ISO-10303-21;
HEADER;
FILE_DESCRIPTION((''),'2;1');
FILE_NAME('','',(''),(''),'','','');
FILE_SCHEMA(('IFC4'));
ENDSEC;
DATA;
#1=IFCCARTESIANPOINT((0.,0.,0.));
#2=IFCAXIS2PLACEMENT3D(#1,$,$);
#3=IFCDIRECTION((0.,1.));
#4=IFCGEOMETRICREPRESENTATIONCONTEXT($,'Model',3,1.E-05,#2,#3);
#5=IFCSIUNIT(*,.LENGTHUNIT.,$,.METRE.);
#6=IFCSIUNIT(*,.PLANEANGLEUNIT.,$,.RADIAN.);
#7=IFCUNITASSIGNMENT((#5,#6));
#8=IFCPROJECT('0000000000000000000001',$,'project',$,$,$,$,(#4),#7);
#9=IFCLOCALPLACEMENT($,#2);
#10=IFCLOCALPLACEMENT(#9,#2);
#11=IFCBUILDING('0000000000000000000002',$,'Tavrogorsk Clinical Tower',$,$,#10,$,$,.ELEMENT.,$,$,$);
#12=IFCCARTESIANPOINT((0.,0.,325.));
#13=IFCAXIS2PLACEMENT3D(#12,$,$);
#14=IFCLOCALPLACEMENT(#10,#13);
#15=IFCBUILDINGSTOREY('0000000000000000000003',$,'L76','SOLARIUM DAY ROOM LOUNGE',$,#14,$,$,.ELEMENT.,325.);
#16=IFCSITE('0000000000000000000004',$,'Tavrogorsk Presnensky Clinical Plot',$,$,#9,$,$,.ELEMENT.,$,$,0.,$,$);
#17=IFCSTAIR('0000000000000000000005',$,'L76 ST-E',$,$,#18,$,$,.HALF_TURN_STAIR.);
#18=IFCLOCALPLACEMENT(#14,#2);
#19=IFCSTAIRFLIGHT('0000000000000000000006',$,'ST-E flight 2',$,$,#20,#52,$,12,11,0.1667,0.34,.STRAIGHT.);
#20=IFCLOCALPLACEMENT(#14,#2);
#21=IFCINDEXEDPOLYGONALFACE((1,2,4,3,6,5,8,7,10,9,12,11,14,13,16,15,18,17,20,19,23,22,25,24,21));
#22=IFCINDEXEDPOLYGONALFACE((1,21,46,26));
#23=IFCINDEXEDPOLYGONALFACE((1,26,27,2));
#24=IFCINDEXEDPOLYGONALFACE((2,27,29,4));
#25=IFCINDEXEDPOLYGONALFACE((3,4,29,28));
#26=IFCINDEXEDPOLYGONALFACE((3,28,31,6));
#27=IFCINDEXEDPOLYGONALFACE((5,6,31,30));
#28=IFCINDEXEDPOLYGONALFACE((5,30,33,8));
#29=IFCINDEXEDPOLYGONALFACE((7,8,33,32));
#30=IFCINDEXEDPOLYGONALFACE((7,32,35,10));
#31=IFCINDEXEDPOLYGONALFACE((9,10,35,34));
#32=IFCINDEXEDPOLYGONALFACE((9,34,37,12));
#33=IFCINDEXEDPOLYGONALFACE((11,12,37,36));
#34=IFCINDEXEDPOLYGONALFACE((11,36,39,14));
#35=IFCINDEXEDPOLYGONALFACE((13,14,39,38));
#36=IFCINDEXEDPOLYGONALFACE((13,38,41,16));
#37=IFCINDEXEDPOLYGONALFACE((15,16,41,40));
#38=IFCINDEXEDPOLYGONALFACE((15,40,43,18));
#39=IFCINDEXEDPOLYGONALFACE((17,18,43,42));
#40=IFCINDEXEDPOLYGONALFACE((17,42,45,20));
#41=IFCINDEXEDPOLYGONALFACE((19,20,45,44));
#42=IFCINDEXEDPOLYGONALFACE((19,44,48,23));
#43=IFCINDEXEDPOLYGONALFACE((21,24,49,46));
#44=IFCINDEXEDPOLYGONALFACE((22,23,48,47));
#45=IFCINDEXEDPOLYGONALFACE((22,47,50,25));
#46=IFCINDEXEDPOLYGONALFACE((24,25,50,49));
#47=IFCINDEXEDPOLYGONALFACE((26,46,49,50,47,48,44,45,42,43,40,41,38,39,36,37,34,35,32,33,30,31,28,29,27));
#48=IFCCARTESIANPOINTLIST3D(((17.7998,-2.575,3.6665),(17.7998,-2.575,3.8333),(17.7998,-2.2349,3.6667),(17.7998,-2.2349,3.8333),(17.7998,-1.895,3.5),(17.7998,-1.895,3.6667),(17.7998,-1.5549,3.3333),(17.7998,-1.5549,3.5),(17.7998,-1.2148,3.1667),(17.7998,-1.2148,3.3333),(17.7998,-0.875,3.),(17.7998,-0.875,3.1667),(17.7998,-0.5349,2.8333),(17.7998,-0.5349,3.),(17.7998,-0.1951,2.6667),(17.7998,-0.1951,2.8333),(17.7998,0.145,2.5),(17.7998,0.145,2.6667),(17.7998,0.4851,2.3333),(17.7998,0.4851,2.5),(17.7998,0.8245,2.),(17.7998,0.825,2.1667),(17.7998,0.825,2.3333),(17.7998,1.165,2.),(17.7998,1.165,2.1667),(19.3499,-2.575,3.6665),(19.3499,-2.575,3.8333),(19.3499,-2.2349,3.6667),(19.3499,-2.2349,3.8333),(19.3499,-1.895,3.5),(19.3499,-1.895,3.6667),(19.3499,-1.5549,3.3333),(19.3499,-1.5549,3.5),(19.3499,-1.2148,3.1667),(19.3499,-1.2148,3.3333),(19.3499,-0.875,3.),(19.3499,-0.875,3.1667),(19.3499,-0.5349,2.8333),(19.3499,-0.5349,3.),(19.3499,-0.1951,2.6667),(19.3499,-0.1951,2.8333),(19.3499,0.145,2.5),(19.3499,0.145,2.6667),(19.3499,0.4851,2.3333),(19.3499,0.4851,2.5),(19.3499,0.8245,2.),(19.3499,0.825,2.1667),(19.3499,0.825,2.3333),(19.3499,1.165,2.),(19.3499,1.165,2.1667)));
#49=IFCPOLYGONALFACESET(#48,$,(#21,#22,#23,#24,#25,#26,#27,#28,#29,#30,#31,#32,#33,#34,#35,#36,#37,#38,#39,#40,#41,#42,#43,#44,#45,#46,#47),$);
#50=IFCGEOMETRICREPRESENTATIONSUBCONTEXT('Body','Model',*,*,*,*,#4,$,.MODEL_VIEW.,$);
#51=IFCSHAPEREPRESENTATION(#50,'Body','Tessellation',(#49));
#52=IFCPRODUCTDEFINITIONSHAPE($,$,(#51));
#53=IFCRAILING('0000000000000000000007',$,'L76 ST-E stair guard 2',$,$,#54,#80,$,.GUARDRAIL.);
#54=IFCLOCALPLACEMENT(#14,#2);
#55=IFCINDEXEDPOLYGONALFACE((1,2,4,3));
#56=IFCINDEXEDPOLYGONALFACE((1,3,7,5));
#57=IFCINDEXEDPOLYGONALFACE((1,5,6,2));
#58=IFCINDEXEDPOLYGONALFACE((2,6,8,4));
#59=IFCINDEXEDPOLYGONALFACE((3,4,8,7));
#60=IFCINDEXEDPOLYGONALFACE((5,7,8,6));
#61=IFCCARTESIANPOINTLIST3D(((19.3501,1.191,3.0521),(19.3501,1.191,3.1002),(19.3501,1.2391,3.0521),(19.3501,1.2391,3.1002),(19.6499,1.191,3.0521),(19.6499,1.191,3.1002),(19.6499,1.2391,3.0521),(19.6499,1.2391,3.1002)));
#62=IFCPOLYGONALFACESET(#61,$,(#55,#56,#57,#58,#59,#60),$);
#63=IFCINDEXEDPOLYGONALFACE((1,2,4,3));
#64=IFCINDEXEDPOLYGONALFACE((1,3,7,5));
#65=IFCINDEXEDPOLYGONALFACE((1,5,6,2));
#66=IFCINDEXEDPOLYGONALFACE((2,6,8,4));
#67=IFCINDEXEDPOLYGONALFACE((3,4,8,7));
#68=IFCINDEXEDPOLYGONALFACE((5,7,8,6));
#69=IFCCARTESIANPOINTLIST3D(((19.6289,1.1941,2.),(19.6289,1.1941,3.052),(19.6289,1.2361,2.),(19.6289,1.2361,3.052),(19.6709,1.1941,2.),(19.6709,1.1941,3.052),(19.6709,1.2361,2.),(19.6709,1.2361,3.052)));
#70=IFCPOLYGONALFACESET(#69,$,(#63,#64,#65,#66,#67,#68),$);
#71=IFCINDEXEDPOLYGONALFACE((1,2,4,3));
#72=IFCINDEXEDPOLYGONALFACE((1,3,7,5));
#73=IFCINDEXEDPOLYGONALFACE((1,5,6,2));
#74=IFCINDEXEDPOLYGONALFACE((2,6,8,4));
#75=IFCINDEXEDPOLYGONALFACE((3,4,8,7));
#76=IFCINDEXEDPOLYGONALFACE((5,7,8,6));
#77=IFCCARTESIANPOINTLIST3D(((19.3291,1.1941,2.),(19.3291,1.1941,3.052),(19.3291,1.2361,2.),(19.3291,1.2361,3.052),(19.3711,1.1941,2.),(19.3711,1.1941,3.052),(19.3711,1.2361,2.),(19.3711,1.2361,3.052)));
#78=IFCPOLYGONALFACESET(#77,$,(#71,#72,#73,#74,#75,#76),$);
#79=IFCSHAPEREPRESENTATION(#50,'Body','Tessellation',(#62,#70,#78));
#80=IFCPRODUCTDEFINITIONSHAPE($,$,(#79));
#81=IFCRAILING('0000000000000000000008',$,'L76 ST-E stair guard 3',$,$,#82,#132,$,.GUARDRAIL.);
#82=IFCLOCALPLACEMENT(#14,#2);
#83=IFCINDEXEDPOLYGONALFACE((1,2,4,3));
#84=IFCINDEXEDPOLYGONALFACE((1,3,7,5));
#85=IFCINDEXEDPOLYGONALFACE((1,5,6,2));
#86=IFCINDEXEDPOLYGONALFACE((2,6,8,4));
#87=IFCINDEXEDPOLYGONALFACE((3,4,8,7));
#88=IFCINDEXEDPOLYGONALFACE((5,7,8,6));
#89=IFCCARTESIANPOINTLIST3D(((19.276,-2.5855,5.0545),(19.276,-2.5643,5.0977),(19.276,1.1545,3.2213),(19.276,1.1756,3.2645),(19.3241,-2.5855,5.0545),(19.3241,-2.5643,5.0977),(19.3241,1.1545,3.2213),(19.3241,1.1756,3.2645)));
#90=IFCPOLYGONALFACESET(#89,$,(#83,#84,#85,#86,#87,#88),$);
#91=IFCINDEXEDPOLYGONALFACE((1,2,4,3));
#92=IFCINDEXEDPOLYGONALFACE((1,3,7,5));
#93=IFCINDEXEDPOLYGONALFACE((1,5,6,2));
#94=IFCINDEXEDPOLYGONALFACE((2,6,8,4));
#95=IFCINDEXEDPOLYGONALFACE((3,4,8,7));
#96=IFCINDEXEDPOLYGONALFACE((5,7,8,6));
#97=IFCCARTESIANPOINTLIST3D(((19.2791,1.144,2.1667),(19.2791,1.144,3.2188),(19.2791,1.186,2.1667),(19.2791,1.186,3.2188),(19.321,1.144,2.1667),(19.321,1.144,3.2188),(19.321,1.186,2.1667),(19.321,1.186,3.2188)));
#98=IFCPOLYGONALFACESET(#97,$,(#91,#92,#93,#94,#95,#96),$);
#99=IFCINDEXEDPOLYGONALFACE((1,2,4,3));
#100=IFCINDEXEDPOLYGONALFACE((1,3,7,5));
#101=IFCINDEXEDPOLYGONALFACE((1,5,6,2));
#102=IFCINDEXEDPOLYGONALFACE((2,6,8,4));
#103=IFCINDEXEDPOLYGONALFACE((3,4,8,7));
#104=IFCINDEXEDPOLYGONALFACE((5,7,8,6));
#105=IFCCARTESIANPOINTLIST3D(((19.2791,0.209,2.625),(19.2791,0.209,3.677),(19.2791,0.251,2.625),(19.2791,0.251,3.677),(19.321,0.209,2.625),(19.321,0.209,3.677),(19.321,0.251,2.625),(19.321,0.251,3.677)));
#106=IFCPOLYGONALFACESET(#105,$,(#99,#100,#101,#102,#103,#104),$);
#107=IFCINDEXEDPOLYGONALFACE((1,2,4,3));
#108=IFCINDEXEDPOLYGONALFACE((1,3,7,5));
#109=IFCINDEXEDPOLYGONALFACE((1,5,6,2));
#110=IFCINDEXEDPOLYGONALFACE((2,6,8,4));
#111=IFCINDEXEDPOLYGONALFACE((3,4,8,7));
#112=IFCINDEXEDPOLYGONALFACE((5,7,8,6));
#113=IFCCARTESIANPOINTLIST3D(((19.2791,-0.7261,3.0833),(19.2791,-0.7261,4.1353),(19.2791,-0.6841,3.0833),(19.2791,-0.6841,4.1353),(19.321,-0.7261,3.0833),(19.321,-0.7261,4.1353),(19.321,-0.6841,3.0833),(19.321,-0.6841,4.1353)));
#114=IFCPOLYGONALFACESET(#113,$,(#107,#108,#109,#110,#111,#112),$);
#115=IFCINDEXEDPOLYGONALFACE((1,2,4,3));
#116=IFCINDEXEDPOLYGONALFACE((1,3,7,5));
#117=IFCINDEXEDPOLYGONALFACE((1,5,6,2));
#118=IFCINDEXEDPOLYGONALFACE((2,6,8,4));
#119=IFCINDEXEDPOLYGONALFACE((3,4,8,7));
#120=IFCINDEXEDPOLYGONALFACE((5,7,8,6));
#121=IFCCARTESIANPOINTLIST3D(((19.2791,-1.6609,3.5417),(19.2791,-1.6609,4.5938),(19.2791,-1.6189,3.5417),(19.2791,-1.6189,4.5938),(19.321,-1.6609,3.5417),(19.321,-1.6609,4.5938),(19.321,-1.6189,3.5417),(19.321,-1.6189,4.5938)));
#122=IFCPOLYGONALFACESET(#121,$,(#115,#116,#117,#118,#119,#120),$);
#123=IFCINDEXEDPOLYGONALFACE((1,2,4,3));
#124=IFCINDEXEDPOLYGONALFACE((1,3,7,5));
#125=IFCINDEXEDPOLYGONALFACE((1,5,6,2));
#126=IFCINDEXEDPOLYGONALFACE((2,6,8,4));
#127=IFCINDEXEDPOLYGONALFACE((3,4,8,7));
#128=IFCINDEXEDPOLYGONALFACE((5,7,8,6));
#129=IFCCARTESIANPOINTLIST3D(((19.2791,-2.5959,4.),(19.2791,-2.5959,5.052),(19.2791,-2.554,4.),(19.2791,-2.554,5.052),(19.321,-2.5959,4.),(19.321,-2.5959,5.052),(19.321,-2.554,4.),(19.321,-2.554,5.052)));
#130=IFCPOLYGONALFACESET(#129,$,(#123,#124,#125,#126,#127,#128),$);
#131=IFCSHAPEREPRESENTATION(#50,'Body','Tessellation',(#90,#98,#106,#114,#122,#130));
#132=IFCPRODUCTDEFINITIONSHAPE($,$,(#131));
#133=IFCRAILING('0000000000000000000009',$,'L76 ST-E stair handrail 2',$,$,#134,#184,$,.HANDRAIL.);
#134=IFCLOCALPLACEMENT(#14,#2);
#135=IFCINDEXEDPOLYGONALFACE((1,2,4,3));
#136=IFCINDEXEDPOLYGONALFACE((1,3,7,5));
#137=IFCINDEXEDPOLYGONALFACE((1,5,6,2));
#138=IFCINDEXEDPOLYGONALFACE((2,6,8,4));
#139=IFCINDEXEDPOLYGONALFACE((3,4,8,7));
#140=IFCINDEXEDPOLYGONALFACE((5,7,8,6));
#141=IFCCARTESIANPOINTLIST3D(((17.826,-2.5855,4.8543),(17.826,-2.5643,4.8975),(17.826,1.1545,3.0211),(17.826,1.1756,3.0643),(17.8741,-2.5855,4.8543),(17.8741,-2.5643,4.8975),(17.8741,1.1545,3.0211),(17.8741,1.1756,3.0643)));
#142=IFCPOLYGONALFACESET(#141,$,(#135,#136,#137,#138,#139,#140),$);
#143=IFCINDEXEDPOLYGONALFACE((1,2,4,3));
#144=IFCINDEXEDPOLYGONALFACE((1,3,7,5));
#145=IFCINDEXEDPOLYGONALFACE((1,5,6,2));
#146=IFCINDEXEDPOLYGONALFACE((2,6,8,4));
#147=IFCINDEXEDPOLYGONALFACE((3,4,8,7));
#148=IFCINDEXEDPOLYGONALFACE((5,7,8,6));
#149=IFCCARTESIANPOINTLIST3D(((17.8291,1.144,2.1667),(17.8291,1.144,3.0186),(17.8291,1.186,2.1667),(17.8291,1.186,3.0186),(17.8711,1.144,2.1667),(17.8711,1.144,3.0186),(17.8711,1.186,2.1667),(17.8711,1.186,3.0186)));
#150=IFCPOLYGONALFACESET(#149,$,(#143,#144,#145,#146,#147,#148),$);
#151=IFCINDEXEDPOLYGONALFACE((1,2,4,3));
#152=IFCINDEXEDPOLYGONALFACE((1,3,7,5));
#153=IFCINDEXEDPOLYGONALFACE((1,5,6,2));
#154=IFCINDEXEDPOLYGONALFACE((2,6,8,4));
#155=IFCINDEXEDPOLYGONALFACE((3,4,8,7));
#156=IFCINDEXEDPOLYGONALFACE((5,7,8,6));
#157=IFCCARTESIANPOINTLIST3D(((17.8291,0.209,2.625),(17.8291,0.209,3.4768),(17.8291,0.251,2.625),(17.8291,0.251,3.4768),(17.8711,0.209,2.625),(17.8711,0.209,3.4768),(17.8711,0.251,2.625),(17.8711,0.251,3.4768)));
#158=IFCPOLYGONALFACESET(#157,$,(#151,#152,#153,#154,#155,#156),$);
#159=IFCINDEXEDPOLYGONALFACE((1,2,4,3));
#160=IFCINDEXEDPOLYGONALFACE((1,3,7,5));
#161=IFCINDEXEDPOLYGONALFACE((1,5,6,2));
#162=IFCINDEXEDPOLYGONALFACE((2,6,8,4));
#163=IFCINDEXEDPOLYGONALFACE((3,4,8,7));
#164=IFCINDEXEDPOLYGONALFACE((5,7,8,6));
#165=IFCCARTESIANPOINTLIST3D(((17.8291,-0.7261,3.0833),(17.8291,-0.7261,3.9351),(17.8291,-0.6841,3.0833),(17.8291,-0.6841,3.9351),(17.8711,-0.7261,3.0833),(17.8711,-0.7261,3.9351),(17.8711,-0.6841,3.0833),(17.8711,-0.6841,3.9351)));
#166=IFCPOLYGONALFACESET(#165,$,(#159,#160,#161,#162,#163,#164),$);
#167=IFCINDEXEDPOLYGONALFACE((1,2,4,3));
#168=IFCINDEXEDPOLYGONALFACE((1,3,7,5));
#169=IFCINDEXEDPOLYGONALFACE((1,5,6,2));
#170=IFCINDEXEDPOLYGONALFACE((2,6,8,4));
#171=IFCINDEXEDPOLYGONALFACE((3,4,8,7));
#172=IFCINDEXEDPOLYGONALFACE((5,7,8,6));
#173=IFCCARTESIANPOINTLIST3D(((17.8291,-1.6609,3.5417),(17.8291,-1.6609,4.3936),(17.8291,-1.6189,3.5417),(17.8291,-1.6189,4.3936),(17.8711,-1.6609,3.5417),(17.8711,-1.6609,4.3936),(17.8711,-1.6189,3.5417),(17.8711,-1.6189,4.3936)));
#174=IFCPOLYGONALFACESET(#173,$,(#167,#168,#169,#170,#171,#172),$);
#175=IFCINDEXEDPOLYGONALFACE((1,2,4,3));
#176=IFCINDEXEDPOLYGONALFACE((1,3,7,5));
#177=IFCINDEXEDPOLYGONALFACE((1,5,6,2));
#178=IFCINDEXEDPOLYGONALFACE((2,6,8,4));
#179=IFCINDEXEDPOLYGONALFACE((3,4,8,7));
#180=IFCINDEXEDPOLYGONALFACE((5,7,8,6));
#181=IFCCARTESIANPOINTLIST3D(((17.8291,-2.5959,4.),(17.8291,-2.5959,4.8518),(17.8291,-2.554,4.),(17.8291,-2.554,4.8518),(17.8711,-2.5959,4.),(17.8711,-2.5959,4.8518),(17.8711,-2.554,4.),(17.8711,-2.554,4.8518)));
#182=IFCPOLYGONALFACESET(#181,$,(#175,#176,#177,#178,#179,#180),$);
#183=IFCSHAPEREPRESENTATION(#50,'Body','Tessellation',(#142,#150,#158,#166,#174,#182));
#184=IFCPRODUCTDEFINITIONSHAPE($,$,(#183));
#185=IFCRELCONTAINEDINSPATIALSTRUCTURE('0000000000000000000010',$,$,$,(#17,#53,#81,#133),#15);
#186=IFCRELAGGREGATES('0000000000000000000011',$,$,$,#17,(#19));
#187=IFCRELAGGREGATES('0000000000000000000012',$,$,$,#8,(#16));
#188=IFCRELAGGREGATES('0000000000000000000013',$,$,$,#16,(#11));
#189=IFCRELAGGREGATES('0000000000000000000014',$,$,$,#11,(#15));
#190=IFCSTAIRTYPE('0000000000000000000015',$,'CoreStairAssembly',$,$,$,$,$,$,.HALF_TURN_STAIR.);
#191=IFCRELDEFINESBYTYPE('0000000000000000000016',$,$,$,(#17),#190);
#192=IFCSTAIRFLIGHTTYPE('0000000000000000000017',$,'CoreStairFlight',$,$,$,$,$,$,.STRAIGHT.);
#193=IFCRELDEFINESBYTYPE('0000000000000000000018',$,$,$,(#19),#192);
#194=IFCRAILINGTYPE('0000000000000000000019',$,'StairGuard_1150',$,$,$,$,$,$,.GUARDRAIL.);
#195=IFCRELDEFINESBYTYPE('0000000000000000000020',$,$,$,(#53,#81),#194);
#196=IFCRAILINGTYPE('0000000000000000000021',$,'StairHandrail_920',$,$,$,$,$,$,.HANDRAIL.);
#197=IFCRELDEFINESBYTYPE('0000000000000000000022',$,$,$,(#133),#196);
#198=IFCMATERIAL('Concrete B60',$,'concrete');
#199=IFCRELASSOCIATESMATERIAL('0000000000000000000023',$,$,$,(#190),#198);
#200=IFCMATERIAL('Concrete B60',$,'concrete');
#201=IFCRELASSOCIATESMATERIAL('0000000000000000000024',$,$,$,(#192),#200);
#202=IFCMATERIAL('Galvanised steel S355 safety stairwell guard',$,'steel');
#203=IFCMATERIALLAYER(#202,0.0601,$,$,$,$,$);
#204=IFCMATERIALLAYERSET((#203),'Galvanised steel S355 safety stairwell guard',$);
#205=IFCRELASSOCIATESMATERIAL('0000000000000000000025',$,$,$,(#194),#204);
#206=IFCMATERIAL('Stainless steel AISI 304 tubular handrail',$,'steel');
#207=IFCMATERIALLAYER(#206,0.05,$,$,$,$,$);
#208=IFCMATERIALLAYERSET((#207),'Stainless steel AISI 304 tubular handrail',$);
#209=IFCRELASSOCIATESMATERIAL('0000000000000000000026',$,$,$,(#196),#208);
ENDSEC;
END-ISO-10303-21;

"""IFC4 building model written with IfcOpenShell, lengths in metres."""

from ifc_helpers import new_model, si_unit, direction, frame, origin, origin_2d, place, context, subcontext, project, spatial, polyline, rectangle, outline, extrude, material, layer, layer_set, type_object, element, aggregate, save


model = new_model("IFC4")

# Units and contexts
model_context = context("Model", 3, precision=1e-05, world=origin(), true_north=direction((0.0, 1.0)))
body_context = subcontext(model_context, "Body", "Model", "MODEL_VIEW")
ifc_project = project(units=[si_unit("LENGTHUNIT", "METRE"), si_unit("PLANEANGLEUNIT", "RADIAN")], contexts=[model_context])

# Site, building, storey
site_placement = place(None, origin())
site = spatial("IfcSite", under=ifc_project, at=site_placement, Name="Tavrogorsk Presnensky Clinical Plot", CompositionType="ELEMENT", RefElevation=0.0)
building_placement = place(site_placement, origin())
building = spatial("IfcBuilding", under=site, at=building_placement, Name="Tavrogorsk Clinical Tower", CompositionType="ELEMENT")
storey_placement = place(building_placement, frame((0.0, 0.0, 325.0)))
storey = spatial("IfcBuildingStorey", under=building, at=storey_placement, Name="L76", Description="SOLARIUM DAY ROOM LOUNGE", CompositionType="ELEMENT", Elevation=325.0)

# Stair, stair flight
ifc_material_1 = material(Name="Concrete B60", Category="concrete")
stair_type = type_object("IfcStairType", Name="CoreStairAssembly", PredefinedType="HALF_TURN_STAIR", material=ifc_material_1)
stair_placement = place(storey_placement, origin())
stair = element("IfcStair", 1, at=stair_placement, inside=storey, type_object=stair_type, Name="L76 ST-E", PredefinedType="HALF_TURN_STAIR")
ifc_material_2 = material(Name="Concrete B60", Category="concrete")
stair_flight_type = type_object("IfcStairFlightType", Name="CoreStairFlight", PredefinedType="STRAIGHT", material=ifc_material_2)
stair_flight_placement = place(storey_placement, frame((18.575, 1.165, 2.0), z_axis=(0.0, 0.0, 1.0), x_axis=(0.0, -1.0, 0.0)))
stair_flight = element("IfcStairFlight", 2, at=stair_flight_placement, type_object=stair_flight_type, Name="ST-E flight 2", NumberOfRisers=12, NumberOfTreads=11, PredefinedType="STRAIGHT", RiserHeight=0.1667, TreadLength=0.34, context=body_context, shape_type="SweptSolid", body=[
    extrude(outline(polyline([(0.0, 0.0), (0.0, 0.1667), (0.3401, 0.1667), (0.3401, 0.3333), (0.6799, 0.3333), (0.6799, 0.5), (1.02, 0.5), (1.02, 0.6667), (1.3601, 0.6667), (1.3601, 0.8333), (1.7, 0.8333), (1.7, 1.0), (2.04, 1.0), (2.04, 1.1667), (2.3799, 1.1667), (2.3799, 1.3333), (2.72, 1.3333), (2.72, 1.5), (3.0601, 1.5), (3.0601, 1.6667), (3.3999, 1.6667), (3.3999, 1.8333), (3.74, 1.8333), (3.74, 2.0), (3.74, 1.6665), (0.3406, 0.0), (0.0, 0.0)])), frame((0.0, 0.7749, 0.0), z_axis=(0.0, -1.0, 0.0), x_axis=(1.0, 0.0, 0.0)), (0.0, 0.0, 1.0), 1.55),
])
aggregate(stair, [stair_flight])

# Railings
ifc_material_3 = material(Name="Galvanised steel S355 safety stairwell guard", Category="steel")
ifc_layer_1 = layer(ifc_material_3, 0.0601)
ifc_layer_set_1 = layer_set([ifc_layer_1], Name="Galvanised steel S355 safety stairwell guard")
railing_type_1 = type_object("IfcRailingType", Name="StairGuard_1150", PredefinedType="GUARDRAIL", material=ifc_layer_set_1)
railing_1_placement = place(storey_placement, frame((19.6499, 1.2151, 2.0)))
element("IfcRailing", 3, at=railing_1_placement, inside=storey, type_object=railing_type_1, Name="L76 ST-E stair guard 2", PredefinedType="GUARDRAIL", context=body_context, shape_type="SweptSolid", body=[
    extrude(rectangle(XDim=0.0481, YDim=0.0481, at=origin_2d()), frame((0.0, 0.0, 1.0762), z_axis=(-1.0, 0.0, 0.0), x_axis=(0.0, -1.0, 0.0)), (0.0, 0.0, 1.0), 0.2998),
    extrude(rectangle(XDim=0.042, YDim=0.042, at=origin_2d()), origin(), (0.0, 0.0, 1.0), 1.052),
    extrude(rectangle(XDim=0.042, YDim=0.042, at=origin_2d()), frame((-0.2998, 0.0, 0.0)), (0.0, 0.0, 1.0), 1.052),
])
railing_2_placement = place(storey_placement, frame((19.3, 1.165, 2.1667)))
element("IfcRailing", 4, at=railing_2_placement, inside=storey, type_object=railing_type_1, Name="L76 ST-E stair guard 3", PredefinedType="GUARDRAIL", context=body_context, shape_type="SweptSolid", body=[
    extrude(rectangle(XDim=0.0481, YDim=0.0481, at=origin_2d()), frame((0.0, 0.0, 1.0762), z_axis=(0.0, -0.897928, 0.440142), x_axis=(1.0, 0.0, 0.0)), (0.0, 0.0, 1.0), 4.165),
    extrude(rectangle(XDim=0.042, YDim=0.042, at=origin_2d()), origin(), (0.0, 0.0, 1.0), 1.052),
    extrude(rectangle(XDim=0.042, YDim=0.042, at=origin_2d()), frame((0.0, -0.9351, 0.4583)), (0.0, 0.0, 1.0), 1.052),
    extrude(rectangle(XDim=0.042, YDim=0.042, at=origin_2d()), frame((0.0, -1.8701, 0.9165)), (0.0, 0.0, 1.0), 1.052),
    extrude(rectangle(XDim=0.042, YDim=0.042, at=origin_2d()), frame((0.0, -2.8049, 1.375)), (0.0, 0.0, 1.0), 1.052),
    extrude(rectangle(XDim=0.042, YDim=0.042, at=origin_2d()), frame((0.0, -3.74, 1.8333)), (0.0, 0.0, 1.0), 1.052),
])
ifc_material_4 = material(Name="Stainless steel AISI 304 tubular handrail", Category="steel")
ifc_layer_2 = layer(ifc_material_4, 0.05)
ifc_layer_set_2 = layer_set([ifc_layer_2], Name="Stainless steel AISI 304 tubular handrail")
railing_type_2 = type_object("IfcRailingType", Name="StairHandrail_920", PredefinedType="HANDRAIL", material=ifc_layer_set_2)
railing_3_placement = place(storey_placement, frame((17.8501, 1.165, 2.1667)))
element("IfcRailing", 5, at=railing_3_placement, inside=storey, type_object=railing_type_2, Name="L76 ST-E stair handrail 2", PredefinedType="HANDRAIL", context=body_context, shape_type="SweptSolid", body=[
    extrude(rectangle(XDim=0.0481, YDim=0.0481, at=origin_2d()), frame((0.0, 0.0, 0.876), z_axis=(0.0, -0.897928, 0.440142), x_axis=(1.0, 0.0, 0.0)), (0.0, 0.0, 1.0), 4.165),
    extrude(rectangle(XDim=0.042, YDim=0.042, at=origin_2d()), origin(), (0.0, 0.0, 1.0), 0.8518),
    extrude(rectangle(XDim=0.042, YDim=0.042, at=origin_2d()), frame((0.0, -0.9351, 0.4583)), (0.0, 0.0, 1.0), 0.8518),
    extrude(rectangle(XDim=0.042, YDim=0.042, at=origin_2d()), frame((0.0, -1.8701, 0.9165)), (0.0, 0.0, 1.0), 0.8518),
    extrude(rectangle(XDim=0.042, YDim=0.042, at=origin_2d()), frame((0.0, -2.8049, 1.375)), (0.0, 0.0, 1.0), 0.8518),
    extrude(rectangle(XDim=0.042, YDim=0.042, at=origin_2d()), frame((0.0, -3.74, 1.8333)), (0.0, 0.0, 1.0), 0.8518),
])

save(model, "model.ifc")
